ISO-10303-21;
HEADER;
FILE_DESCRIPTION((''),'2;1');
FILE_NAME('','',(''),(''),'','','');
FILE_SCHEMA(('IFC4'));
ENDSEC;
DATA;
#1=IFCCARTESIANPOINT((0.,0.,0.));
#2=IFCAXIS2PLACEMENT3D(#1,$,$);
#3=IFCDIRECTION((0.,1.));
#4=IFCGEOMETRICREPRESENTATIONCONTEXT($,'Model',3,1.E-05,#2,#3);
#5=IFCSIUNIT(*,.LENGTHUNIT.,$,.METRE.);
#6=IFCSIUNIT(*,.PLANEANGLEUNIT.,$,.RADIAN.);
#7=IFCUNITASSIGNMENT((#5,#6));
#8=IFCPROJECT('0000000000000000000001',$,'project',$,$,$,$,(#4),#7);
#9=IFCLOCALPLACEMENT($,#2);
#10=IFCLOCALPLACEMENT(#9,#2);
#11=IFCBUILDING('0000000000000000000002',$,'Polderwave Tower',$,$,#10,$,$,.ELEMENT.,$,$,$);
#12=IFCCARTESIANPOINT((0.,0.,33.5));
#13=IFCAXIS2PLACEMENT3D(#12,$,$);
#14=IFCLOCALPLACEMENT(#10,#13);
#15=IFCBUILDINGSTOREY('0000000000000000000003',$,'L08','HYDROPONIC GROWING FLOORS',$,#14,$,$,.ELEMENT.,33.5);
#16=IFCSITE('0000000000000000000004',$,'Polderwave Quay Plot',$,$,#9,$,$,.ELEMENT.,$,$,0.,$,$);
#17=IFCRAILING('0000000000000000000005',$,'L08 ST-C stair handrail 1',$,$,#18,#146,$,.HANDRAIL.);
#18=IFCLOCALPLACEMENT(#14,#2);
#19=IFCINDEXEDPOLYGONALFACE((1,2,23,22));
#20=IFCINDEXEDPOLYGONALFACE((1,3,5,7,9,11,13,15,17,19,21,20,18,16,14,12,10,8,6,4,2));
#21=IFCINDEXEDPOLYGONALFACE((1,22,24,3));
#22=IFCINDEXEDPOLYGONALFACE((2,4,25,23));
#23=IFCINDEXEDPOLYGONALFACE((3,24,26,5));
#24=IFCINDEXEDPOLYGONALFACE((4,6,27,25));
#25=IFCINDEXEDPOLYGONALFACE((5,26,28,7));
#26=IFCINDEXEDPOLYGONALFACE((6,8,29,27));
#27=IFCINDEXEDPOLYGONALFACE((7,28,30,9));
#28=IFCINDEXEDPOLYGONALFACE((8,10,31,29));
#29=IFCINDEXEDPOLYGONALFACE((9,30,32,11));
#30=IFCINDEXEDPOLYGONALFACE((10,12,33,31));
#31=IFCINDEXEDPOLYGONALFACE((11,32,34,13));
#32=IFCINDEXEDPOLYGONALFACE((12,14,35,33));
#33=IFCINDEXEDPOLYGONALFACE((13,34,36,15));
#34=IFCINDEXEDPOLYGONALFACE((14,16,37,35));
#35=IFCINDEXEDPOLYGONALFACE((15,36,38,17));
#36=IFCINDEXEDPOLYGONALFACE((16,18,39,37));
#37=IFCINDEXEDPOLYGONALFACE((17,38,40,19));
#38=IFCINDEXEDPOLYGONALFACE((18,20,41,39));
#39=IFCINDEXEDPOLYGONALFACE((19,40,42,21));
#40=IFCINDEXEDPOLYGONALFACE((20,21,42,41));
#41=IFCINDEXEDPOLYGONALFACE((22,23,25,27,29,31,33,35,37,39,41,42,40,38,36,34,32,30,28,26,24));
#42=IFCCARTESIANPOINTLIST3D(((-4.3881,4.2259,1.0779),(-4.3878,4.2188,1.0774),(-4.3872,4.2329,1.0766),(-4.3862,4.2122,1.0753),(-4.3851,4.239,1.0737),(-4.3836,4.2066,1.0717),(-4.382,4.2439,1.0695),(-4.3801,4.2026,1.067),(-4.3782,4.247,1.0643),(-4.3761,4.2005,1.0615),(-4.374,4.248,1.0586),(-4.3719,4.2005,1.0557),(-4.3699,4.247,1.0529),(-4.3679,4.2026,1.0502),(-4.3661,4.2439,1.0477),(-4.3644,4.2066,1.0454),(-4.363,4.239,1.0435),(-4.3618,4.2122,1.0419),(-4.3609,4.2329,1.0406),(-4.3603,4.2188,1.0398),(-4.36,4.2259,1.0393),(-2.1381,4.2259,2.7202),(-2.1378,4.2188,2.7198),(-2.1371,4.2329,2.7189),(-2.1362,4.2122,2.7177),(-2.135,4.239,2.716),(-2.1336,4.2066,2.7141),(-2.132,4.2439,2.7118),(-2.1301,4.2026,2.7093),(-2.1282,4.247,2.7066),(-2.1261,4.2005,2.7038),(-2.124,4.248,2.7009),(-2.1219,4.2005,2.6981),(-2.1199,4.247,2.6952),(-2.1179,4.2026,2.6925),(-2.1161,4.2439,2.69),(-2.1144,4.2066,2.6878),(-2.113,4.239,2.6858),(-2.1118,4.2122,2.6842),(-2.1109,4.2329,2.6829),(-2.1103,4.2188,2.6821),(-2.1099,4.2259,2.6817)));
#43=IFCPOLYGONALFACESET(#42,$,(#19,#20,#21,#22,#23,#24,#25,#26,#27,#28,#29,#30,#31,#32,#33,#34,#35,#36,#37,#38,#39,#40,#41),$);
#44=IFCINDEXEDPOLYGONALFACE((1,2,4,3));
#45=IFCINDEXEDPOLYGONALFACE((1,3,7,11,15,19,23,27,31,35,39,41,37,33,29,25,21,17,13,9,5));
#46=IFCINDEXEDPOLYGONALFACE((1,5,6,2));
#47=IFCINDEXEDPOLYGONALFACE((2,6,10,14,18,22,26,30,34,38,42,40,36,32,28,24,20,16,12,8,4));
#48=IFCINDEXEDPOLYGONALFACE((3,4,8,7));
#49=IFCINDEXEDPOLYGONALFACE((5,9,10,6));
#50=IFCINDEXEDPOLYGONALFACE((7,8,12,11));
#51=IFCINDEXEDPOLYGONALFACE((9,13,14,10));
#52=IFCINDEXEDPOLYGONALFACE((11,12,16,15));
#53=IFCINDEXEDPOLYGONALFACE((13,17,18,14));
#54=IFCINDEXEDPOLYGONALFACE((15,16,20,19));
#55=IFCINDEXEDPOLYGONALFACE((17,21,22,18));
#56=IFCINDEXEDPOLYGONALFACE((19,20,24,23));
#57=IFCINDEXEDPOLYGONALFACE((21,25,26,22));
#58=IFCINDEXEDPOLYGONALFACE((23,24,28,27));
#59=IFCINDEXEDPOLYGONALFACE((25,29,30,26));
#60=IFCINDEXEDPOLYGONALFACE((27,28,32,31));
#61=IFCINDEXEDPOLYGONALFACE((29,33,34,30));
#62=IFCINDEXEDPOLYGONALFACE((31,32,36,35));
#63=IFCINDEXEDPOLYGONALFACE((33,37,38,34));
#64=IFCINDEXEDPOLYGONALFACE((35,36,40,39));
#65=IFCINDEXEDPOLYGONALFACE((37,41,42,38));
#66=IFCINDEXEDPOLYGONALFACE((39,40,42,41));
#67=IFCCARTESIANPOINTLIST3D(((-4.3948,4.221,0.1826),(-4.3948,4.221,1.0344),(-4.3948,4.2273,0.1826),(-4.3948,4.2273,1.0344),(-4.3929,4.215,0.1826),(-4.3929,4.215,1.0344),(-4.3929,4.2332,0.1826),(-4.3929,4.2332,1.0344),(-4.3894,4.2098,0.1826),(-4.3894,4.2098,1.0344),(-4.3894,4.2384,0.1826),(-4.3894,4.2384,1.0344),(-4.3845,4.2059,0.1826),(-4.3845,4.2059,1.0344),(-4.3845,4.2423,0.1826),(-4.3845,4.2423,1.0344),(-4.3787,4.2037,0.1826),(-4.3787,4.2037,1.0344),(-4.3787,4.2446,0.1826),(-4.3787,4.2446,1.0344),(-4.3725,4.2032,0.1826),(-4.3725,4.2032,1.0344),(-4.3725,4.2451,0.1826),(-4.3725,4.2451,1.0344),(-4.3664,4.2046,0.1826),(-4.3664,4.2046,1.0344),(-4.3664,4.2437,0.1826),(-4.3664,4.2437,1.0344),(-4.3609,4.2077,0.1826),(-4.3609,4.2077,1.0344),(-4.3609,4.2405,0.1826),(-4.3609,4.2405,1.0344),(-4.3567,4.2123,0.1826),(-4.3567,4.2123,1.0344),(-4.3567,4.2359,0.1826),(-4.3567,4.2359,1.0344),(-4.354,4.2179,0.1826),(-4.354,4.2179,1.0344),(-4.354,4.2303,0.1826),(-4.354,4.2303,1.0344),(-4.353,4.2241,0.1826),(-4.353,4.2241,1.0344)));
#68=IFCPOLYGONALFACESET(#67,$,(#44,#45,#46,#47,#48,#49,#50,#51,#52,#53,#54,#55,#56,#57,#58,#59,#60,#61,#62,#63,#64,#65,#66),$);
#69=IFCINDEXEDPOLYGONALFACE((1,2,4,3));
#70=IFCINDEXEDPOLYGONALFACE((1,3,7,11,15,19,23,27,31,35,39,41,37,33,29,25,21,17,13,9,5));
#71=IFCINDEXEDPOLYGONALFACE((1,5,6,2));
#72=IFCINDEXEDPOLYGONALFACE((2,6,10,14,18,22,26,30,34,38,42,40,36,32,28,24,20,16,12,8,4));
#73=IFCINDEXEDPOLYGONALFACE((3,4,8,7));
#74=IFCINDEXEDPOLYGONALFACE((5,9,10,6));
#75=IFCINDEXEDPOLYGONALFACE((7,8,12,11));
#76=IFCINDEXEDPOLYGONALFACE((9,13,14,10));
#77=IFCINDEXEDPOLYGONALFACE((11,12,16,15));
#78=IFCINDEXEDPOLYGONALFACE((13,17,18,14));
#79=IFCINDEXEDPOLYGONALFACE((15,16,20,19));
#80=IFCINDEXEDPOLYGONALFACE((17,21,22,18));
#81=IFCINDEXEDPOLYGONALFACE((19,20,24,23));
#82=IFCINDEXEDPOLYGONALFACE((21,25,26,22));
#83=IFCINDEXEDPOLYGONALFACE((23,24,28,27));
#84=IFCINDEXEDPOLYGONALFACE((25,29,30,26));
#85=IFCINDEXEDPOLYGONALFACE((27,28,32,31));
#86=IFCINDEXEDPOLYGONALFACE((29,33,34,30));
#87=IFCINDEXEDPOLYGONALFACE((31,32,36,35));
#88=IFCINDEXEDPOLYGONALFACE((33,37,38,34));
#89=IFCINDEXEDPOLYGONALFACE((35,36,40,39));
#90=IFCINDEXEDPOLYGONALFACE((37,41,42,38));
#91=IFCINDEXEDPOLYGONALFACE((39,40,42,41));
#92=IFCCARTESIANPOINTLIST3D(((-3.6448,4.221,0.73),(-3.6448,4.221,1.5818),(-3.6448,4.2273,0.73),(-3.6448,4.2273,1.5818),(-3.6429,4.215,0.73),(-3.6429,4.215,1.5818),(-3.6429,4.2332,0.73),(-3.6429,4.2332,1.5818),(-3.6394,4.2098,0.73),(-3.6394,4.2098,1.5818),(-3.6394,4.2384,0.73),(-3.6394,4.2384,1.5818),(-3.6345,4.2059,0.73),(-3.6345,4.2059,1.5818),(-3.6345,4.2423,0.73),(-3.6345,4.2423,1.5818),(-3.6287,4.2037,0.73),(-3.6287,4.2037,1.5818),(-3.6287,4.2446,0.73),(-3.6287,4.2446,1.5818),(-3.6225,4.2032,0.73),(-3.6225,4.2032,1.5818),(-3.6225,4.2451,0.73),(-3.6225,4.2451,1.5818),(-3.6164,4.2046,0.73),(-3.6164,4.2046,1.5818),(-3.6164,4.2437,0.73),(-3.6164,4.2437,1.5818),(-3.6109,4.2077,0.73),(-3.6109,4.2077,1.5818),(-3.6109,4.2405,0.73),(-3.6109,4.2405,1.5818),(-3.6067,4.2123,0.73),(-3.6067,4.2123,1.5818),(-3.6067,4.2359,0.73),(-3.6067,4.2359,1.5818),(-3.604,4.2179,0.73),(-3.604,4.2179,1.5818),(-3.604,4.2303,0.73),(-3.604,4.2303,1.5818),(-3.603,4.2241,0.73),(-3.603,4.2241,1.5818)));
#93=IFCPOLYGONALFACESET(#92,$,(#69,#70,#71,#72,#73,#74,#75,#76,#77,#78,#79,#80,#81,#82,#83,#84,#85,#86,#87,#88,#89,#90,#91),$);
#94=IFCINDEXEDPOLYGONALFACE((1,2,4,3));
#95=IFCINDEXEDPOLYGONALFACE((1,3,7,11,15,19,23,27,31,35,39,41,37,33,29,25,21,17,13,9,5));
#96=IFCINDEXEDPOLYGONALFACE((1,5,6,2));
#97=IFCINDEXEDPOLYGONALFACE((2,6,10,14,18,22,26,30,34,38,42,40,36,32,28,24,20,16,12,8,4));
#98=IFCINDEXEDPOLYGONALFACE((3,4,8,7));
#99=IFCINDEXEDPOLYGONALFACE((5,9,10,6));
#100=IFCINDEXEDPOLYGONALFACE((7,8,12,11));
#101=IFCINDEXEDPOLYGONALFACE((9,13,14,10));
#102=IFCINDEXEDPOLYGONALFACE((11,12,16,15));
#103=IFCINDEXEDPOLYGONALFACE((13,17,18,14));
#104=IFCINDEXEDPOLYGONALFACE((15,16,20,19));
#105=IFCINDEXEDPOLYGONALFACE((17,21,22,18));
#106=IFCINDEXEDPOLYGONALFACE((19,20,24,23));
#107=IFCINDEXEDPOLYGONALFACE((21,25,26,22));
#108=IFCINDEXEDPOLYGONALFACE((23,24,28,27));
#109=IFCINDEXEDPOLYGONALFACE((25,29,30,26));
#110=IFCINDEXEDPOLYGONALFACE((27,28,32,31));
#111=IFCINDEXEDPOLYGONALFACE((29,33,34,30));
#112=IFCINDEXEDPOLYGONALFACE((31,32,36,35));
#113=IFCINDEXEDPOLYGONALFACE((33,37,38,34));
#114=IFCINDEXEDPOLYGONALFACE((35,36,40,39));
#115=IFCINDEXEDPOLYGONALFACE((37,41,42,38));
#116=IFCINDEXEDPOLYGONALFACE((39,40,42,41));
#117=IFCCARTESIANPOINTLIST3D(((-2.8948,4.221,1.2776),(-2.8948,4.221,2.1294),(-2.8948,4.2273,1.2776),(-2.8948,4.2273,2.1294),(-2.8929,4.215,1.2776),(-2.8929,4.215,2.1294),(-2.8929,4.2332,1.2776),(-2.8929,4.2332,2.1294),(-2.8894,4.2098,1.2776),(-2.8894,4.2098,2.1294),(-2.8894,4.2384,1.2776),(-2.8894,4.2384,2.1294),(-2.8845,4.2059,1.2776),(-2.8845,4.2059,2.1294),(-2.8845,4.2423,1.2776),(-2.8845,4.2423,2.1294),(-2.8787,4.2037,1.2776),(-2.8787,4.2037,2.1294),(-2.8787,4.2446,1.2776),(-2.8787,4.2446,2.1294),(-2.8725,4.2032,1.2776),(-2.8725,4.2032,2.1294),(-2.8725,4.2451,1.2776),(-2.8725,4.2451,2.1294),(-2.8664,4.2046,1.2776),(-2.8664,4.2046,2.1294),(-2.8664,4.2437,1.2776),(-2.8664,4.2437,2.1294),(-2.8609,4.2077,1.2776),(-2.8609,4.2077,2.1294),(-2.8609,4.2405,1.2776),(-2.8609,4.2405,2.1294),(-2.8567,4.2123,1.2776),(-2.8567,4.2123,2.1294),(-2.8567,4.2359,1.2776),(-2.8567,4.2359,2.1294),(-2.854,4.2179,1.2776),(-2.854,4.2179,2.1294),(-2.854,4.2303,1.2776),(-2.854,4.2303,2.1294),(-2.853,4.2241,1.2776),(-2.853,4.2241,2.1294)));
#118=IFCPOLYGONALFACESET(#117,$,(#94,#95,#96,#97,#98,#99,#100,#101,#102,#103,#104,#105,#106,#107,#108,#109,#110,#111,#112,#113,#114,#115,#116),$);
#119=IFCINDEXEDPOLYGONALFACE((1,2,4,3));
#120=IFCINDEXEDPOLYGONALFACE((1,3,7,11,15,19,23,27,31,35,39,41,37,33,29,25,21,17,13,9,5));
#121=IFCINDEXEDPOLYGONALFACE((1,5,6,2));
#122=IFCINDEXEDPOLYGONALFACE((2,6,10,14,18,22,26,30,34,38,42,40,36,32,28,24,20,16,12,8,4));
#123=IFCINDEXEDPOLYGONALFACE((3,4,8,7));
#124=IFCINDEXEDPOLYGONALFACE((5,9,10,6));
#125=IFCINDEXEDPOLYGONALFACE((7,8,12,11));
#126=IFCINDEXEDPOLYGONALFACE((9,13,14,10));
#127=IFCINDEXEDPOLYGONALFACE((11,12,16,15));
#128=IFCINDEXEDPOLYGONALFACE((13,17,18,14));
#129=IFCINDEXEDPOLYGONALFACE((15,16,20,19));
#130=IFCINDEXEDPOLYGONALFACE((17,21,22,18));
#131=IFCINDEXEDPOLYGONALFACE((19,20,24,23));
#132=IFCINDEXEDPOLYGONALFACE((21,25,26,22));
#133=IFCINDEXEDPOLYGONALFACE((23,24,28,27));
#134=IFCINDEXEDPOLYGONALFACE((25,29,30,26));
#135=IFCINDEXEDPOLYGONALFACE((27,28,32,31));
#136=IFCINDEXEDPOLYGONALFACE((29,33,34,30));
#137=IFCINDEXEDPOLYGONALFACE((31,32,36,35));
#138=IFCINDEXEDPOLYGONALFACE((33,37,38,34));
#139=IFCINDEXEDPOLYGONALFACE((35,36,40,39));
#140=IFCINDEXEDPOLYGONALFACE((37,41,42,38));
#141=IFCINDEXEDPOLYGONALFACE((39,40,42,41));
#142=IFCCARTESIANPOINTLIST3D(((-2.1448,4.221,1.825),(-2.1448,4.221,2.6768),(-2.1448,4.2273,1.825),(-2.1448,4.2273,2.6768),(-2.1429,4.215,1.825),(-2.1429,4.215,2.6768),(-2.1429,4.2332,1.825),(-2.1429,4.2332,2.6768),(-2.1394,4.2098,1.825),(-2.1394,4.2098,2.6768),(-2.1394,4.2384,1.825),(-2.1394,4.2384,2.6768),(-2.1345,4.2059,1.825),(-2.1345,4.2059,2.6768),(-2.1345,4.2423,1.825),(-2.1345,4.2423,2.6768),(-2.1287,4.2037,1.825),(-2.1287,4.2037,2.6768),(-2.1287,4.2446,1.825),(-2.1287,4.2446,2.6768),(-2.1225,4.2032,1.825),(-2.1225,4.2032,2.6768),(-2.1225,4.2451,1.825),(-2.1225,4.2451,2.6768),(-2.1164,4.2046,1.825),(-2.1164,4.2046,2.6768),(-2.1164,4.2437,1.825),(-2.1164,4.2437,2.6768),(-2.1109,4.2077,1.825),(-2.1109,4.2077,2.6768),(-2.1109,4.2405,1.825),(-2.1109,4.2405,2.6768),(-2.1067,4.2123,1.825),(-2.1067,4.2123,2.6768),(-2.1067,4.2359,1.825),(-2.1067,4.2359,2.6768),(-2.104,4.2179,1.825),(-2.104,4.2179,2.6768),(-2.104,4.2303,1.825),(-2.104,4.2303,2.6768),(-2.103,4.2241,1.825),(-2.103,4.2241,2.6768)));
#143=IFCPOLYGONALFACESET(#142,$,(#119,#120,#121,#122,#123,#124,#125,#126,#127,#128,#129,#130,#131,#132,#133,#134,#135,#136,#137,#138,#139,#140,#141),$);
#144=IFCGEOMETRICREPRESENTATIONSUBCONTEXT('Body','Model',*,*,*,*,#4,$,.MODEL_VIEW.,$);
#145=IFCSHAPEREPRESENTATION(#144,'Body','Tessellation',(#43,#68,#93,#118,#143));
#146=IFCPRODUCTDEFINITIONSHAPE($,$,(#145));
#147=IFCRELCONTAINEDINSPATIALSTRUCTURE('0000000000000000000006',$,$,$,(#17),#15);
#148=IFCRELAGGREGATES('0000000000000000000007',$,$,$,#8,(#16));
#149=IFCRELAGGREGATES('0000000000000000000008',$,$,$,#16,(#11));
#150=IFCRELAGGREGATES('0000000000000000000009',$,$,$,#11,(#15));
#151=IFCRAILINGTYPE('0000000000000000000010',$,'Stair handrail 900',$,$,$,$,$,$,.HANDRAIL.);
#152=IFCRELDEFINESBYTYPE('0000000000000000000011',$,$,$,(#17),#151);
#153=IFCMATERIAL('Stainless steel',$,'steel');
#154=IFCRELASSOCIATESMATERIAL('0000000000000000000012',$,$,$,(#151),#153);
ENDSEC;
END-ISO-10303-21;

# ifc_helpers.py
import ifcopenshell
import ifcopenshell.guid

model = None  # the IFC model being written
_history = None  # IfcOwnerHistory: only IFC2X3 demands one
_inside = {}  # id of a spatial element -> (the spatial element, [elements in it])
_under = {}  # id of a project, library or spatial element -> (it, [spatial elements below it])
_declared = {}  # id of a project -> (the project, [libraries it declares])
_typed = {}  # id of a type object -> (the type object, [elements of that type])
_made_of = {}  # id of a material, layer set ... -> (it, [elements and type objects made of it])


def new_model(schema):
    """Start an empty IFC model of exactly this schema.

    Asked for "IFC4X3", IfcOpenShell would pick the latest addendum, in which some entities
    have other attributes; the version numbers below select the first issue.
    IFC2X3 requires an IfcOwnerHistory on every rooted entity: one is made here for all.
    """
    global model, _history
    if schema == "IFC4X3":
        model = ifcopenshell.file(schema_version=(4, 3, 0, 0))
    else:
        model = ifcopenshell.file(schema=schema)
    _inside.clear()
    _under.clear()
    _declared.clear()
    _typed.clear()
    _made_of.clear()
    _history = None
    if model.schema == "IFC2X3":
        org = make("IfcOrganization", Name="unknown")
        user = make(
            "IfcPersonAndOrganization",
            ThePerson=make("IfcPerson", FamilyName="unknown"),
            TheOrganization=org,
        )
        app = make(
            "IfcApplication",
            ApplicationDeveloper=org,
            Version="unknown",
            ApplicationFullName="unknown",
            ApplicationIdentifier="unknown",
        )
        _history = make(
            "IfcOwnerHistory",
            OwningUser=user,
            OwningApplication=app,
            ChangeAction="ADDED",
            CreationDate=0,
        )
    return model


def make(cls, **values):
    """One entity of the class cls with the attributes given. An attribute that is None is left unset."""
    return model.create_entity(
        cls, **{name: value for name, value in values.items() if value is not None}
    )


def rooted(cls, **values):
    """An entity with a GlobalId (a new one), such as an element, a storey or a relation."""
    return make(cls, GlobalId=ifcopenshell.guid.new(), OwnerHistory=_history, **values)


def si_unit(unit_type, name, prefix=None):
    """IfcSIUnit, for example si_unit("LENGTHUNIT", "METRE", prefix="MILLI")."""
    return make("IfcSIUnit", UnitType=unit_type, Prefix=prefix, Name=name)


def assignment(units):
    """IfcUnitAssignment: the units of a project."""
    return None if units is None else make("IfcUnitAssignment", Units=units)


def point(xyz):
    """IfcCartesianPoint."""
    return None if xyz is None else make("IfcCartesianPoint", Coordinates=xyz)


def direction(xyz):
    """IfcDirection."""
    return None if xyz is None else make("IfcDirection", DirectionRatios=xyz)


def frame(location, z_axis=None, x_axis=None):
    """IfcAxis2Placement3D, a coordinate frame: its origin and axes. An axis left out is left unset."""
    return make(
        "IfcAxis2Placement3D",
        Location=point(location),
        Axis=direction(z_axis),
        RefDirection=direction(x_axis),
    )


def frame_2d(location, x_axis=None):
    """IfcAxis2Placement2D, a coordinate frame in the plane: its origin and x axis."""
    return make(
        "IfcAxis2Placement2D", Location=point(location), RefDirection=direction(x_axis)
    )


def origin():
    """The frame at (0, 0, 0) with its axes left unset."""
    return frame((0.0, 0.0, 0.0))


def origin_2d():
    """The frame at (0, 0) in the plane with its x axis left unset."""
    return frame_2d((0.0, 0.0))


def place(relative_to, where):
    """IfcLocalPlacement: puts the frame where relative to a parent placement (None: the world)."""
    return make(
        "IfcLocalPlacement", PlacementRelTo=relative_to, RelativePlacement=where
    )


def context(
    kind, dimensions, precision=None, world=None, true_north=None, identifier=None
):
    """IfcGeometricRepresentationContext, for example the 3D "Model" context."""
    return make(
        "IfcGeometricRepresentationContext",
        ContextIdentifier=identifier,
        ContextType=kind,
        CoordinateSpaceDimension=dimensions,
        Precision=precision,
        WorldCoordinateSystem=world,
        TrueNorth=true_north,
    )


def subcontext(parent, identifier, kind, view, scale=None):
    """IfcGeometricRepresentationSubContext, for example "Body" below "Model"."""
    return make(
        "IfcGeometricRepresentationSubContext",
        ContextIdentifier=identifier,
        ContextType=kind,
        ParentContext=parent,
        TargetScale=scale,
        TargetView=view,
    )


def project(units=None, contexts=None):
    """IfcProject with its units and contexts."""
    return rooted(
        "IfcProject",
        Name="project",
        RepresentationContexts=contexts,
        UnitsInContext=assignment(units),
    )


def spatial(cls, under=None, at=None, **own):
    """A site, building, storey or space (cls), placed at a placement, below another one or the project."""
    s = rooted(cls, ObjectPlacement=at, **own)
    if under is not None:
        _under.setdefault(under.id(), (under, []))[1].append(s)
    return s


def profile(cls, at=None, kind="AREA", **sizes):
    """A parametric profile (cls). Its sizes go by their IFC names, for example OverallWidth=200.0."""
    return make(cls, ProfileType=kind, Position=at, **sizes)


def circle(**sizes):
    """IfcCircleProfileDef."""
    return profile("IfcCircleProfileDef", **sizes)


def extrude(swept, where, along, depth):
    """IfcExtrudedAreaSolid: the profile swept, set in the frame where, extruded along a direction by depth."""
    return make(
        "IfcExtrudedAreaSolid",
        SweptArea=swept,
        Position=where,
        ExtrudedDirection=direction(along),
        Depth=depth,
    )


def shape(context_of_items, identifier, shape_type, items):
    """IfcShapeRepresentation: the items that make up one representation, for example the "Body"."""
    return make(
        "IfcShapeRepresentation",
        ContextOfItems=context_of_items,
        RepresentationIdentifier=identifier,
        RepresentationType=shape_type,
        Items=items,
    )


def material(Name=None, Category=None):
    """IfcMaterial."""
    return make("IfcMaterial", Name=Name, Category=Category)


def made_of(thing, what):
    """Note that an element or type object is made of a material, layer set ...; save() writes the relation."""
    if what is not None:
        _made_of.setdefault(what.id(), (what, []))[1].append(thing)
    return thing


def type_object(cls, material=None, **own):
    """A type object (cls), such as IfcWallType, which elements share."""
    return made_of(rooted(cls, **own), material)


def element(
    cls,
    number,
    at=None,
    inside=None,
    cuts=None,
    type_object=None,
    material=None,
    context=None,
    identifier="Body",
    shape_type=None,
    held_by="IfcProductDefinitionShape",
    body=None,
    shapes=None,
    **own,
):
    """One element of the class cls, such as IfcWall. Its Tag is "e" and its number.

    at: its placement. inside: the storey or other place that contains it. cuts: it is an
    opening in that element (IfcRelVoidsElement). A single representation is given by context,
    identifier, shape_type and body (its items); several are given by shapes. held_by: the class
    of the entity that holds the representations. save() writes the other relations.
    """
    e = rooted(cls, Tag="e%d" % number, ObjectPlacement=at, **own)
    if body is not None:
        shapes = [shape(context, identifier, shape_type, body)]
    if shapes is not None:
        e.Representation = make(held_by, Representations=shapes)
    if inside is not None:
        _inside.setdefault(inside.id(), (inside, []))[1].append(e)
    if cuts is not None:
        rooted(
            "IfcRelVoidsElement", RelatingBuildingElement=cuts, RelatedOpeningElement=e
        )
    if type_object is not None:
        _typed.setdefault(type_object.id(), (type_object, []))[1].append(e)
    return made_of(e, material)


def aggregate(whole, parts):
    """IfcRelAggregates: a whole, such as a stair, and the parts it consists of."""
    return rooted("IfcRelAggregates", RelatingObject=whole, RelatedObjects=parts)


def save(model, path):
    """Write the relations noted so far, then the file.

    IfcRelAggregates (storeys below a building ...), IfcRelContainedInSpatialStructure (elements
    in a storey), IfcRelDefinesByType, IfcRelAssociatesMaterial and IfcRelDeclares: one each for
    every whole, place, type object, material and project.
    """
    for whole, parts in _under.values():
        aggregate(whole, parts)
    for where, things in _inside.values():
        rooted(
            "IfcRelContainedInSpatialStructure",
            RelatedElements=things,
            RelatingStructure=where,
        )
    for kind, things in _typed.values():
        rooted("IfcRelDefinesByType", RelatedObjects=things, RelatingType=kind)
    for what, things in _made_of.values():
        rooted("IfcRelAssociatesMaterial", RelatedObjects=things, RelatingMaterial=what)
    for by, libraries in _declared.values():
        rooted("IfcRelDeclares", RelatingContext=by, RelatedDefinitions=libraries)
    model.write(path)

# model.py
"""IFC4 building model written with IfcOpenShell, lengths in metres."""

from ifc_helpers import new_model, si_unit, direction, frame, origin, origin_2d, place, context, subcontext, project, spatial, circle, extrude, material, type_object, element, save


model = new_model("IFC4")

# Units and contexts
model_context = context("Model", 3, precision=1e-05, world=origin(), true_north=direction((0.0, 1.0)))
body_context = subcontext(model_context, "Body", "Model", "MODEL_VIEW")
ifc_project = project(units=[si_unit("LENGTHUNIT", "METRE"), si_unit("PLANEANGLEUNIT", "RADIAN")], contexts=[model_context])

# Site, building, storey
site_placement = place(None, origin())
site = spatial("IfcSite", under=ifc_project, at=site_placement, Name="Polderwave Quay Plot", CompositionType="ELEMENT", RefElevation=0.0)
building_placement = place(site_placement, origin())
building = spatial("IfcBuilding", under=site, at=building_placement, Name="Polderwave Tower", CompositionType="ELEMENT")
storey_placement = place(building_placement, frame((0.0, 0.0, 33.5)))
storey = spatial("IfcBuildingStorey", under=building, at=storey_placement, Name="L08", Description="HYDROPONIC GROWING FLOORS", CompositionType="ELEMENT", Elevation=33.5)

# Railing
ifc_material_1 = material(Name="Stainless steel", Category="steel")
railing_type_1 = type_object("IfcRailingType", Name="Stair handrail 900", PredefinedType="HANDRAIL", material=ifc_material_1)
railing_1_placement = place(storey_placement, frame((-4.374, 4.2241, 0.1826)))
element("IfcRailing", 1, at=railing_1_placement, inside=storey, type_object=railing_type_1, Name="L08 ST-C stair handrail 1", PredefinedType="HANDRAIL", context=body_context, shape_type="SweptSolid", body=[
    extrude(circle(Radius=0.0239, at=origin_2d()), frame((0.0, 0.0, 0.876), z_axis=(0.807715, 0.0, 0.589573), x_axis=(0.0, 1.0, 0.0)), (0.0, 0.0, 1.0), 2.7856),
    extrude(circle(Radius=0.021, at=origin_2d()), origin(), (0.0, 0.0, 1.0), 0.8518),
    extrude(circle(Radius=0.021, at=origin_2d()), frame((0.75, 0.0, 0.5474)), (0.0, 0.0, 1.0), 0.8518),
    extrude(circle(Radius=0.021, at=origin_2d()), frame((1.5, 0.0, 1.095)), (0.0, 0.0, 1.0), 0.8518),
    extrude(circle(Radius=0.021, at=origin_2d()), frame((2.25, 0.0, 1.6423)), (0.0, 0.0, 1.0), 0.8518),
])

save(model, "model.ifc")
